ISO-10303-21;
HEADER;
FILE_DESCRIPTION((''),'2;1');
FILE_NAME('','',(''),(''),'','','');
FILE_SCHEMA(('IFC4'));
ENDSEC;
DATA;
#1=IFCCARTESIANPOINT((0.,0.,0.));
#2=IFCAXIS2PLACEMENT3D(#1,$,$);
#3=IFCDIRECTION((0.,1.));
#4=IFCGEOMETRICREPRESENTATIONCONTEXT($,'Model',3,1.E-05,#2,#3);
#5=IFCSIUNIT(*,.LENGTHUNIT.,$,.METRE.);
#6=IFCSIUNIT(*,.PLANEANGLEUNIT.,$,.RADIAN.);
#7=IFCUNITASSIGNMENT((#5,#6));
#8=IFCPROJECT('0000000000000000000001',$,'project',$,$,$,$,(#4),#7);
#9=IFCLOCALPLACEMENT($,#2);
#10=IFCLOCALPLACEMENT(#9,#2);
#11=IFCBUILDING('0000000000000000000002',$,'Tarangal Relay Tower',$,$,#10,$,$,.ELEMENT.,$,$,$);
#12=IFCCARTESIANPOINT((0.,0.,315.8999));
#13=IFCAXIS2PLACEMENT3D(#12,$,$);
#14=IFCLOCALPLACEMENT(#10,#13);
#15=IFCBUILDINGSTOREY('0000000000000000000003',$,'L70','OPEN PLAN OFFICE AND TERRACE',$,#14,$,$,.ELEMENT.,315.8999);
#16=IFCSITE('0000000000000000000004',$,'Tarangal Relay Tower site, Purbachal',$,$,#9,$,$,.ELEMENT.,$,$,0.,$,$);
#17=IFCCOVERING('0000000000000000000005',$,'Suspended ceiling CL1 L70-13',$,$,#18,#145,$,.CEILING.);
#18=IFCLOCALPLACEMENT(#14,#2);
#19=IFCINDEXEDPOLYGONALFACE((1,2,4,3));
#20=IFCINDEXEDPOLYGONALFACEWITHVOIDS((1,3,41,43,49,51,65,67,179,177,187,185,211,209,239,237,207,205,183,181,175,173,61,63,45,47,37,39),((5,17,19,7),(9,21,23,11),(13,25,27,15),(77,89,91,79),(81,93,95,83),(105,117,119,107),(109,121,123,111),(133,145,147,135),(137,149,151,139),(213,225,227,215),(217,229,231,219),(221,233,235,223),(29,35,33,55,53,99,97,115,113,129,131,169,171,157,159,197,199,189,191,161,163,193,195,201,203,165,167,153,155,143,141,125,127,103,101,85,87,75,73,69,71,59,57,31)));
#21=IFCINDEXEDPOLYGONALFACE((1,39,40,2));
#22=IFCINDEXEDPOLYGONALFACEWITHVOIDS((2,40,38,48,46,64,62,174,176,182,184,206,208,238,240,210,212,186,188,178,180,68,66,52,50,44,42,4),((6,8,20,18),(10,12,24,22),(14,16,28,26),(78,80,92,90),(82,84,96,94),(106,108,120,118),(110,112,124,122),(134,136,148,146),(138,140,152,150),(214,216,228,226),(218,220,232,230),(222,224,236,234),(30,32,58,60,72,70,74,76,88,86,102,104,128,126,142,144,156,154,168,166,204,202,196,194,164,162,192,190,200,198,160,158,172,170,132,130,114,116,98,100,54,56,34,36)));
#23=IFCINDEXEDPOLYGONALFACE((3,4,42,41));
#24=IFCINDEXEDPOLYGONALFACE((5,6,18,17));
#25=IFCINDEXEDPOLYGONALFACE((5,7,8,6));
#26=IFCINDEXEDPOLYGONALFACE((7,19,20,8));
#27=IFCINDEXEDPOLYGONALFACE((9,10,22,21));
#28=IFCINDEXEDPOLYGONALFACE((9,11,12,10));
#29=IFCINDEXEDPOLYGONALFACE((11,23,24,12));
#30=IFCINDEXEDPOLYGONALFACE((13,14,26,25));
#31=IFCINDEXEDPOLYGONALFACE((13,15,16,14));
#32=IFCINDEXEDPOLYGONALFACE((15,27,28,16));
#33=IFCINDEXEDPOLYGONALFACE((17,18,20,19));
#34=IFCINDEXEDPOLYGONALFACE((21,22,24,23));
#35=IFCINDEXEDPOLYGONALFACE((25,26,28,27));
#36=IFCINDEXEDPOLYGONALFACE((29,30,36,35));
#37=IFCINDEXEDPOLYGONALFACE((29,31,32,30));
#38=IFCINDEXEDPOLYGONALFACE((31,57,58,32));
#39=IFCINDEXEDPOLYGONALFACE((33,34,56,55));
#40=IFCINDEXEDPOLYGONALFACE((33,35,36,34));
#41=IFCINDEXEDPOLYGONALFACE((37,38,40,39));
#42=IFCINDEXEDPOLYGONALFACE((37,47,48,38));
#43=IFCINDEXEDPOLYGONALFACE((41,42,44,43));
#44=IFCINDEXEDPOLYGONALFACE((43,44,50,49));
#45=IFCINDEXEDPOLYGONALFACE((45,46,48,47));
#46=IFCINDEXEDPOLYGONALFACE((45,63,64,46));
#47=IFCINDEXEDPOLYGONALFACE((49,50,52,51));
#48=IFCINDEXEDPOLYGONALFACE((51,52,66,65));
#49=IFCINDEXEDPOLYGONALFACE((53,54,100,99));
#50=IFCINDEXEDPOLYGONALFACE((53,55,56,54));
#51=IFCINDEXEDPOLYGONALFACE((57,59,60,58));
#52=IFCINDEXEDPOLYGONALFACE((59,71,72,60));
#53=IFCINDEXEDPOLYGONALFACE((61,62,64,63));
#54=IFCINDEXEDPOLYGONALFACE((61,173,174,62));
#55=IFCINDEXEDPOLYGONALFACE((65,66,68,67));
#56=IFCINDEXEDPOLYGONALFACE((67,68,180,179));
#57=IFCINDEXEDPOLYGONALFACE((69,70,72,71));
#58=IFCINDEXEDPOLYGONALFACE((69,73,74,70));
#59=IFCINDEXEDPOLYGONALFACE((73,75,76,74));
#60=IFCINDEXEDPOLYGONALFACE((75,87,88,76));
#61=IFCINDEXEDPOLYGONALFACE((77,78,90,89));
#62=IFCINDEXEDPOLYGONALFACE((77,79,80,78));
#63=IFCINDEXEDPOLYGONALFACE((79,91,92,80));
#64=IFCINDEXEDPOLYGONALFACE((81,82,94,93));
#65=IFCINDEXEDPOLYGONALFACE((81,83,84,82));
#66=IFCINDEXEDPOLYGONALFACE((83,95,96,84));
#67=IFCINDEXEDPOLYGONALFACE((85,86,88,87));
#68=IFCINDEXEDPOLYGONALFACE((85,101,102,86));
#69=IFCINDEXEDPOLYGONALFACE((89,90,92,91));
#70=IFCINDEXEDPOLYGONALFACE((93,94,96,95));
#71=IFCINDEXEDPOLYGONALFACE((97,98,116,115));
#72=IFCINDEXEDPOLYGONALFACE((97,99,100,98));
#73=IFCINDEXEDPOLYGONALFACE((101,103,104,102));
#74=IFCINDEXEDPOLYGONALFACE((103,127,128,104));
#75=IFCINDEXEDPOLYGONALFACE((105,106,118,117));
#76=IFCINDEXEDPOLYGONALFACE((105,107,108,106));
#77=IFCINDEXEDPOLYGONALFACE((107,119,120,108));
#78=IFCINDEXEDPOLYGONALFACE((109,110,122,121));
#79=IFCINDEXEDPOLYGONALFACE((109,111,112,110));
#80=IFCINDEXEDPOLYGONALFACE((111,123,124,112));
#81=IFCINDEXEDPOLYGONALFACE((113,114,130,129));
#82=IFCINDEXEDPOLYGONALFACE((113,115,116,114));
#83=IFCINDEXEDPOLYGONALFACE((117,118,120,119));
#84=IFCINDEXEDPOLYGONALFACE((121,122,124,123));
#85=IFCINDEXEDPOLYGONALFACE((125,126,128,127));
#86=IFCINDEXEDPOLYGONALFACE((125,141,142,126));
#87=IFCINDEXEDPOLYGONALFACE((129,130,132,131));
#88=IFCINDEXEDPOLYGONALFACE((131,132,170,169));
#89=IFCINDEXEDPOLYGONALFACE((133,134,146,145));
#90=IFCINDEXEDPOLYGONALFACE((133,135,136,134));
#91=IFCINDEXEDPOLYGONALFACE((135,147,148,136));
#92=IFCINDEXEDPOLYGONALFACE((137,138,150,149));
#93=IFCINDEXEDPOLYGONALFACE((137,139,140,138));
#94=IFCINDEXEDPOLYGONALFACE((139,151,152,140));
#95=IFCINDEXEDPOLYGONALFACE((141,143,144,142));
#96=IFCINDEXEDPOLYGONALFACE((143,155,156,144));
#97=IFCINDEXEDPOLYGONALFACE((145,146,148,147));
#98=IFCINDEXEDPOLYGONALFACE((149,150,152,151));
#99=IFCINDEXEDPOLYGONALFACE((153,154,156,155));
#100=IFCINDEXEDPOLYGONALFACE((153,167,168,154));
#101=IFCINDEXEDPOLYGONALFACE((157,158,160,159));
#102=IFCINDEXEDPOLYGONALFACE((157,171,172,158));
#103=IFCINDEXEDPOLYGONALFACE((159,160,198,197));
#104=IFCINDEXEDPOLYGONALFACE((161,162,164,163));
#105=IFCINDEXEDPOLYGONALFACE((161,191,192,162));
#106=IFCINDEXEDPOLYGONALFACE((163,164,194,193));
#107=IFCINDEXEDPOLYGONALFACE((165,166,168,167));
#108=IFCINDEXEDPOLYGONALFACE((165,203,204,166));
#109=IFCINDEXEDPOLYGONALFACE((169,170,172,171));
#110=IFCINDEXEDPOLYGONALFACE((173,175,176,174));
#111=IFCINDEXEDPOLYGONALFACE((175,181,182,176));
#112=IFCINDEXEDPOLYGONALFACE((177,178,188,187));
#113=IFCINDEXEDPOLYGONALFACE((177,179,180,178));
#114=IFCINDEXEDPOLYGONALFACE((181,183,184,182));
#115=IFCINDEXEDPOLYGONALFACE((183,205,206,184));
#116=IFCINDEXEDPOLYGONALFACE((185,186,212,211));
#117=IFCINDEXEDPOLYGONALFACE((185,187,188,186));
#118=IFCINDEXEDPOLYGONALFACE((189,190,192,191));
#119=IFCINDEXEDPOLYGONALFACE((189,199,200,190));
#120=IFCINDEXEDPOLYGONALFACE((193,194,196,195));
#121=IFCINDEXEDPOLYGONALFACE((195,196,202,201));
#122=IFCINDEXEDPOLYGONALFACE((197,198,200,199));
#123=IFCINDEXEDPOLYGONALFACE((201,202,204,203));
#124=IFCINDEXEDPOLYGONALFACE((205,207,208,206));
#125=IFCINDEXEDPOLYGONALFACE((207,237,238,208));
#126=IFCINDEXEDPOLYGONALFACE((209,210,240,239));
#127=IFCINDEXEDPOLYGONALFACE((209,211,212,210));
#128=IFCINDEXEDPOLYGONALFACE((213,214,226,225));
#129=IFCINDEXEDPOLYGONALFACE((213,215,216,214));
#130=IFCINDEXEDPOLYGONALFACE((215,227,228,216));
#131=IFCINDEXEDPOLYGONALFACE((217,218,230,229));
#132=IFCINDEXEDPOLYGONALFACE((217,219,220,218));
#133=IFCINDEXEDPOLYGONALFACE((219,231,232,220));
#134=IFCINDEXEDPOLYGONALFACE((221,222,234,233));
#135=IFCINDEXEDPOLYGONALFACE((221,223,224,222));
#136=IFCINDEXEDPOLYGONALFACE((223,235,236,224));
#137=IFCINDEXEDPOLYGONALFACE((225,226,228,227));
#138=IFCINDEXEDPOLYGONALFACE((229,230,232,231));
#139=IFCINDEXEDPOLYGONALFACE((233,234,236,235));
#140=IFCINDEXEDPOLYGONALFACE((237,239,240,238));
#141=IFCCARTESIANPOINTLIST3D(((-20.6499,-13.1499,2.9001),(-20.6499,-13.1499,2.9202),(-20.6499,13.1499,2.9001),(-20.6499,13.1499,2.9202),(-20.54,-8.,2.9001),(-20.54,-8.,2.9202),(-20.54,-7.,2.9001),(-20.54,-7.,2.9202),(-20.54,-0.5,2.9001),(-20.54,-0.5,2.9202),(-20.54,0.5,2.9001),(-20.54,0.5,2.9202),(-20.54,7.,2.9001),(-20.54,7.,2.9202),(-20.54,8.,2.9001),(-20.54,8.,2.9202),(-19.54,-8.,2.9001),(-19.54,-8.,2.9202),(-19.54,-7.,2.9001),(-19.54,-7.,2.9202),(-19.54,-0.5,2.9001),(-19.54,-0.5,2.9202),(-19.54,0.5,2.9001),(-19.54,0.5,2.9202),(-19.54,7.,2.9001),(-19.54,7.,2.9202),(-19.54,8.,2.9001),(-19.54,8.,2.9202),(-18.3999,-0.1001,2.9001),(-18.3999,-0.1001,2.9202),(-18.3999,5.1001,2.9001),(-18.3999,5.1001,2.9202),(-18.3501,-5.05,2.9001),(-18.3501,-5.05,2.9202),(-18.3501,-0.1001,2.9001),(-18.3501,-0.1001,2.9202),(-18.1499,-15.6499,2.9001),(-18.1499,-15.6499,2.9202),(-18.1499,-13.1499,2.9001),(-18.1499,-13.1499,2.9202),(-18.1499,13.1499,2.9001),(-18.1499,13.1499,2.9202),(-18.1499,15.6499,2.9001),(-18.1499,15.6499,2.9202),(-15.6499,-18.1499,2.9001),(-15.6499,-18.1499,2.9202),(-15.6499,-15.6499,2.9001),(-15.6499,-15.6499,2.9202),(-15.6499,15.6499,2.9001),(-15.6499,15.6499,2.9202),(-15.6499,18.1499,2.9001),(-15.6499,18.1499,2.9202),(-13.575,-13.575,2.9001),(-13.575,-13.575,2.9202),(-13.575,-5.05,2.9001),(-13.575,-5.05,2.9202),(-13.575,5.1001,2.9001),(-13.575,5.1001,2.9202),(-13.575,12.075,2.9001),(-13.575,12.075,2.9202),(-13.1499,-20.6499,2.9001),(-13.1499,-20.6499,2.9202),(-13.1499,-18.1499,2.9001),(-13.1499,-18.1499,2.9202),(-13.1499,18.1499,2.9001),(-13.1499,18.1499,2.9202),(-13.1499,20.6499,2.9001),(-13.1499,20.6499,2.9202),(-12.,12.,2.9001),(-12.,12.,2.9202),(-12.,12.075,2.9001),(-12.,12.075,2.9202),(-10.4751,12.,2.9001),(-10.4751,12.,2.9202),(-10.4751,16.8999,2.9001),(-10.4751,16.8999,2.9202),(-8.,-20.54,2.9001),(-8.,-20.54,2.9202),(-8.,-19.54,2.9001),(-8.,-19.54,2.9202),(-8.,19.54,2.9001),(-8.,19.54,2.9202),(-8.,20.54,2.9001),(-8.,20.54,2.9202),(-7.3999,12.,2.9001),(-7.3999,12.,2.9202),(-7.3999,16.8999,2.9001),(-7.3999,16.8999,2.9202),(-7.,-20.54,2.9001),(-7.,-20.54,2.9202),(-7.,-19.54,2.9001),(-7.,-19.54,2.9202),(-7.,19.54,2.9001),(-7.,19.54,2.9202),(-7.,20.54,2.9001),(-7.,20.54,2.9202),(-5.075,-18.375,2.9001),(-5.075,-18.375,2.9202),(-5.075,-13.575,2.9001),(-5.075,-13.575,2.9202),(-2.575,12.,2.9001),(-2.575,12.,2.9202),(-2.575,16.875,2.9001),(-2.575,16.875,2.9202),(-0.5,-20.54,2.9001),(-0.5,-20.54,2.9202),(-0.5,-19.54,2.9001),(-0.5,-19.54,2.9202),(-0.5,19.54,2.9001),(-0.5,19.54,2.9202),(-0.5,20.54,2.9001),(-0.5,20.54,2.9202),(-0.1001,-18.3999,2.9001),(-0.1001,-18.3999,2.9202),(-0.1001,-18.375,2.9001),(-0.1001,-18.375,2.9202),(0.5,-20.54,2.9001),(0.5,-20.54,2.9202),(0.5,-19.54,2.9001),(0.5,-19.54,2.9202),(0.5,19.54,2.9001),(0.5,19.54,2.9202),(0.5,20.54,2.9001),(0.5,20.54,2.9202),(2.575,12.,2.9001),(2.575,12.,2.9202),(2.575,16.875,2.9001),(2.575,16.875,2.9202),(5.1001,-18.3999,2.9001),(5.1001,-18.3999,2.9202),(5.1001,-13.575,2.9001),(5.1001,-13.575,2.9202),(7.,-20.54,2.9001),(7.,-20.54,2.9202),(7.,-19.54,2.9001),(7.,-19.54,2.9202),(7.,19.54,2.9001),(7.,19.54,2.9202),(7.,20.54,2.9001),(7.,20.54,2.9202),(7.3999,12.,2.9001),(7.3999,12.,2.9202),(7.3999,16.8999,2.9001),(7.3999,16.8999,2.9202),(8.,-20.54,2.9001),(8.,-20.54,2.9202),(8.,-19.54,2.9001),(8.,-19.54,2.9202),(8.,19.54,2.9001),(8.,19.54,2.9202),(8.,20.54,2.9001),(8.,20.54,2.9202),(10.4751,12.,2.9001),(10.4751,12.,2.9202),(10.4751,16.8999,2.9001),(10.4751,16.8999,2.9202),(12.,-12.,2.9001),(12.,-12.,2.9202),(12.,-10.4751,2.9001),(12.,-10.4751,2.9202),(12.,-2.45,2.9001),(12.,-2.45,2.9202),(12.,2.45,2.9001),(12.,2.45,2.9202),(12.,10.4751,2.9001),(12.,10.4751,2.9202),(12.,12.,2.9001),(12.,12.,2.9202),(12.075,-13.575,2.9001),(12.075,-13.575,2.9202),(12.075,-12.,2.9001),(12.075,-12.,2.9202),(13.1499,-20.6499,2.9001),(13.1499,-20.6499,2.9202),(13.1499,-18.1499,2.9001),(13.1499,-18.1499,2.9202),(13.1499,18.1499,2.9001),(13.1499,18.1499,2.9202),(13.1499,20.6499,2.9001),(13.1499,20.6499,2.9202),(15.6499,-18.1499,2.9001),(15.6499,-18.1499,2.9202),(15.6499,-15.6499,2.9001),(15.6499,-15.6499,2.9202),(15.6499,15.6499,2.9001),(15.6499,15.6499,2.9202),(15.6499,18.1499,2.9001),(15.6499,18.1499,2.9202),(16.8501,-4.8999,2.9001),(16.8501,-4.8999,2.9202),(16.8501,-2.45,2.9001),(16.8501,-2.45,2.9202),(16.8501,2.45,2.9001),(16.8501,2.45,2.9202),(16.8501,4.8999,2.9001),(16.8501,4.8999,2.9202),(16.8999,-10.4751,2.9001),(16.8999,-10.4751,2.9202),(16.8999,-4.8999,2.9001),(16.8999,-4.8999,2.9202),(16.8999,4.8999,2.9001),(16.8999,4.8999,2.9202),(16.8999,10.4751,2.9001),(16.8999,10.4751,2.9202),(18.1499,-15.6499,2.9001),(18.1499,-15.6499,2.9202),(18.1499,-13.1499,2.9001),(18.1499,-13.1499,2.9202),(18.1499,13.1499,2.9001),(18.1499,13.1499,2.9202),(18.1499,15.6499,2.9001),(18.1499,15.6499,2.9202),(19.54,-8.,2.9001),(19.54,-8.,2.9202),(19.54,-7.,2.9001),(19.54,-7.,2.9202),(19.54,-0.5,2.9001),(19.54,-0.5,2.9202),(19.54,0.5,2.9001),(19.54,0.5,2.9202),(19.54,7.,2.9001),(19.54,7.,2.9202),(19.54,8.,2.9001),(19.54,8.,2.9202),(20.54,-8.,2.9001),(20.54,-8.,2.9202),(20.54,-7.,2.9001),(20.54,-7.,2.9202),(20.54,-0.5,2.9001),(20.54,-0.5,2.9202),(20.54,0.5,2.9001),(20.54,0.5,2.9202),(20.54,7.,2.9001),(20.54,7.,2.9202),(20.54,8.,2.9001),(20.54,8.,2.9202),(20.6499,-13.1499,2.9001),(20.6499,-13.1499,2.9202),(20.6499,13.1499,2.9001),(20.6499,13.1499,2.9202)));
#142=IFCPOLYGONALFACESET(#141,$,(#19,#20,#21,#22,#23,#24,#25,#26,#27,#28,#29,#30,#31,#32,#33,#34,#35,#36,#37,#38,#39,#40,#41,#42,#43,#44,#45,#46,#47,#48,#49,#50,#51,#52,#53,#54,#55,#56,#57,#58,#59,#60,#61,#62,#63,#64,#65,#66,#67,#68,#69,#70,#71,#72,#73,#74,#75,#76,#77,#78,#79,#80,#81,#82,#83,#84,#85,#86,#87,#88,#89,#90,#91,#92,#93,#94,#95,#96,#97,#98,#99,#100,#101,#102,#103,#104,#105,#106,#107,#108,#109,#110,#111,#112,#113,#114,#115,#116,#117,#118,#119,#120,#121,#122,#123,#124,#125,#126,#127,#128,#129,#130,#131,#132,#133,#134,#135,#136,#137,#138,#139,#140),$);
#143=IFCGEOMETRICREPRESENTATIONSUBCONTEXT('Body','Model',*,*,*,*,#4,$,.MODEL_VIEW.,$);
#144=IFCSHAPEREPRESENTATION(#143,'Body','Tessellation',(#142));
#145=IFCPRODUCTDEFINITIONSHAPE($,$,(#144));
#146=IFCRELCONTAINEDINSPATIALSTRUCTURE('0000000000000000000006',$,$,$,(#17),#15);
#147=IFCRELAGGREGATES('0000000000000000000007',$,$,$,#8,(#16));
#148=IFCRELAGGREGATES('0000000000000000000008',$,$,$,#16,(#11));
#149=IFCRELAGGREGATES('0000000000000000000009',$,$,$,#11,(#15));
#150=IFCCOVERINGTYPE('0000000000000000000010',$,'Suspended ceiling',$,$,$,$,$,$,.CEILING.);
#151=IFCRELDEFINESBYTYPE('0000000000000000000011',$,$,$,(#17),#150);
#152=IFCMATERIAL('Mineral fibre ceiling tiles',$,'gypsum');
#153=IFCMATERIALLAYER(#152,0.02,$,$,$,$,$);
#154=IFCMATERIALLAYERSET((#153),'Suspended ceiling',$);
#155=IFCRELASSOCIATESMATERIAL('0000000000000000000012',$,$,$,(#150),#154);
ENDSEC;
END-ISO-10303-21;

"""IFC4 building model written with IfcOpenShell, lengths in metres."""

from ifc_helpers import new_model, si_unit, direction, frame, origin, place, context, subcontext, project, spatial, polyline, outline, extrude, material, layer, layer_set, type_object, element, save


model = new_model("IFC4")

# Units and contexts
model_context = context("Model", 3, precision=1e-05, world=origin(), true_north=direction((0.0, 1.0)))
body_context = subcontext(model_context, "Body", "Model", "MODEL_VIEW")
ifc_project = project(units=[si_unit("LENGTHUNIT", "METRE"), si_unit("PLANEANGLEUNIT", "RADIAN")], contexts=[model_context])

# Site, building, storey
site_placement = place(None, origin())
site = spatial("IfcSite", under=ifc_project, at=site_placement, Name="Tarangal Relay Tower site, Purbachal", CompositionType="ELEMENT", RefElevation=0.0)
building_placement = place(site_placement, origin())
building = spatial("IfcBuilding", under=site, at=building_placement, Name="Tarangal Relay Tower", CompositionType="ELEMENT")
storey_placement = place(building_placement, frame((0.0, 0.0, 315.8999)))
storey = spatial("IfcBuildingStorey", under=building, at=storey_placement, Name="L70", Description="OPEN PLAN OFFICE AND TERRACE", CompositionType="ELEMENT", Elevation=315.8999)

# Covering
ifc_material_1 = material(Name="Mineral fibre ceiling tiles", Category="gypsum")
ifc_layer_1 = layer(ifc_material_1, 0.02)
ifc_layer_set_1 = layer_set([ifc_layer_1], Name="Suspended ceiling")
covering_type = type_object("IfcCoveringType", Name="Suspended ceiling", PredefinedType="CEILING", material=ifc_layer_set_1)
covering_1_placement = place(storey_placement, frame((0.0, 0.0, 2.9001)))
element("IfcCovering", 1, at=covering_1_placement, inside=storey, type_object=covering_type, Name="Suspended ceiling CL1 L70-13", PredefinedType="CEILING", context=body_context, shape_type="SweptSolid", body=[
    extrude(outline(polyline([(18.1499, 15.6499), (15.6499, 15.6499), (15.6499, 18.1499), (13.1499, 18.1499), (13.1499, 20.6499), (-13.1499, 20.6499), (-13.1499, 18.1499), (-15.6499, 18.1499), (-15.6499, 15.6499), (-18.1499, 15.6499), (-18.1499, 13.1499), (-20.6499, 13.1499), (-20.6499, -13.1499), (-18.1499, -13.1499), (-18.1499, -15.6499), (-15.6499, -15.6499), (-15.6499, -18.1499), (-13.1499, -18.1499), (-13.1499, -20.6499), (13.1499, -20.6499), (13.1499, -18.1499), (15.6499, -18.1499), (15.6499, -15.6499), (18.1499, -15.6499), (18.1499, -13.1499), (20.6499, -13.1499), (20.6499, 13.1499), (18.1499, 13.1499), (18.1499, 15.6499)]), holes=[polyline([(-12.0, 12.075), (-13.575, 12.075), (-13.575, 5.1001), (-18.3999, 5.1001), (-18.3999, -0.1001), (-18.3501, -0.1001), (-18.3501, -5.05), (-13.575, -5.05), (-13.575, -13.575), (-5.075, -13.575), (-5.075, -18.375), (-0.1001, -18.375), (-0.1001, -18.3999), (5.1001, -18.3999), (5.1001, -13.575), (12.075, -13.575), (12.075, -12.0), (12.0, -12.0), (12.0, -10.4751), (16.8999, -10.4751), (16.8999, -4.8999), (16.8501, -4.8999), (16.8501, -2.45), (12.0, -2.45), (12.0, 2.45), (16.8501, 2.45), (16.8501, 4.8999), (16.8999, 4.8999), (16.8999, 10.4751), (12.0, 10.4751), (12.0, 12.0), (10.4751, 12.0), (10.4751, 16.8999), (7.3999, 16.8999), (7.3999, 12.0), (2.575, 12.0), (2.575, 16.875), (-2.575, 16.875), (-2.575, 12.0), (-7.3999, 12.0), (-7.3999, 16.8999), (-10.4751, 16.8999), (-10.4751, 12.0), (-12.0, 12.0), (-12.0, 12.075)]), polyline([(-8.0, -19.54), (-8.0, -20.54), (-7.0, -20.54), (-7.0, -19.54), (-8.0, -19.54)]), polyline([(-19.54, -7.0), (-20.54, -7.0), (-20.54, -8.0), (-19.54, -8.0), (-19.54, -7.0)]), polyline([(-19.54, 0.5), (-20.54, 0.5), (-20.54, -0.5), (-19.54, -0.5), (-19.54, 0.5)]), polyline([(-20.54, 8.0), (-20.54, 7.0), (-19.54, 7.0), (-19.54, 8.0), (-20.54, 8.0)]), polyline([(-7.0, 20.54), (-8.0, 20.54), (-8.0, 19.54), (-7.0, 19.54), (-7.0, 20.54)]), polyline([(0.5, 20.54), (-0.5, 20.54), (-0.5, 19.54), (0.5, 19.54), (0.5, 20.54)]), polyline([(-0.5, -19.54), (-0.5, -20.54), (0.5, -20.54), (0.5, -19.54), (-0.5, -19.54)]), polyline([(8.0, -19.54), (7.0, -19.54), (7.0, -20.54), (8.0, -20.54), (8.0, -19.54)]), polyline([(20.54, -7.0), (19.54, -7.0), (19.54, -8.0), (20.54, -8.0), (20.54, -7.0)]), polyline([(19.54, 0.5), (19.54, -0.5), (20.54, -0.5), (20.54, 0.5), (19.54, 0.5)]), polyline([(20.54, 8.0), (19.54, 8.0), (19.54, 7.0), (20.54, 7.0), (20.54, 8.0)]), polyline([(8.0, 20.54), (7.0, 20.54), (7.0, 19.54), (8.0, 19.54), (8.0, 20.54)])]), origin(), (0.0, 0.0, 1.0), 0.02),
])

save(model, "model.ifc")
